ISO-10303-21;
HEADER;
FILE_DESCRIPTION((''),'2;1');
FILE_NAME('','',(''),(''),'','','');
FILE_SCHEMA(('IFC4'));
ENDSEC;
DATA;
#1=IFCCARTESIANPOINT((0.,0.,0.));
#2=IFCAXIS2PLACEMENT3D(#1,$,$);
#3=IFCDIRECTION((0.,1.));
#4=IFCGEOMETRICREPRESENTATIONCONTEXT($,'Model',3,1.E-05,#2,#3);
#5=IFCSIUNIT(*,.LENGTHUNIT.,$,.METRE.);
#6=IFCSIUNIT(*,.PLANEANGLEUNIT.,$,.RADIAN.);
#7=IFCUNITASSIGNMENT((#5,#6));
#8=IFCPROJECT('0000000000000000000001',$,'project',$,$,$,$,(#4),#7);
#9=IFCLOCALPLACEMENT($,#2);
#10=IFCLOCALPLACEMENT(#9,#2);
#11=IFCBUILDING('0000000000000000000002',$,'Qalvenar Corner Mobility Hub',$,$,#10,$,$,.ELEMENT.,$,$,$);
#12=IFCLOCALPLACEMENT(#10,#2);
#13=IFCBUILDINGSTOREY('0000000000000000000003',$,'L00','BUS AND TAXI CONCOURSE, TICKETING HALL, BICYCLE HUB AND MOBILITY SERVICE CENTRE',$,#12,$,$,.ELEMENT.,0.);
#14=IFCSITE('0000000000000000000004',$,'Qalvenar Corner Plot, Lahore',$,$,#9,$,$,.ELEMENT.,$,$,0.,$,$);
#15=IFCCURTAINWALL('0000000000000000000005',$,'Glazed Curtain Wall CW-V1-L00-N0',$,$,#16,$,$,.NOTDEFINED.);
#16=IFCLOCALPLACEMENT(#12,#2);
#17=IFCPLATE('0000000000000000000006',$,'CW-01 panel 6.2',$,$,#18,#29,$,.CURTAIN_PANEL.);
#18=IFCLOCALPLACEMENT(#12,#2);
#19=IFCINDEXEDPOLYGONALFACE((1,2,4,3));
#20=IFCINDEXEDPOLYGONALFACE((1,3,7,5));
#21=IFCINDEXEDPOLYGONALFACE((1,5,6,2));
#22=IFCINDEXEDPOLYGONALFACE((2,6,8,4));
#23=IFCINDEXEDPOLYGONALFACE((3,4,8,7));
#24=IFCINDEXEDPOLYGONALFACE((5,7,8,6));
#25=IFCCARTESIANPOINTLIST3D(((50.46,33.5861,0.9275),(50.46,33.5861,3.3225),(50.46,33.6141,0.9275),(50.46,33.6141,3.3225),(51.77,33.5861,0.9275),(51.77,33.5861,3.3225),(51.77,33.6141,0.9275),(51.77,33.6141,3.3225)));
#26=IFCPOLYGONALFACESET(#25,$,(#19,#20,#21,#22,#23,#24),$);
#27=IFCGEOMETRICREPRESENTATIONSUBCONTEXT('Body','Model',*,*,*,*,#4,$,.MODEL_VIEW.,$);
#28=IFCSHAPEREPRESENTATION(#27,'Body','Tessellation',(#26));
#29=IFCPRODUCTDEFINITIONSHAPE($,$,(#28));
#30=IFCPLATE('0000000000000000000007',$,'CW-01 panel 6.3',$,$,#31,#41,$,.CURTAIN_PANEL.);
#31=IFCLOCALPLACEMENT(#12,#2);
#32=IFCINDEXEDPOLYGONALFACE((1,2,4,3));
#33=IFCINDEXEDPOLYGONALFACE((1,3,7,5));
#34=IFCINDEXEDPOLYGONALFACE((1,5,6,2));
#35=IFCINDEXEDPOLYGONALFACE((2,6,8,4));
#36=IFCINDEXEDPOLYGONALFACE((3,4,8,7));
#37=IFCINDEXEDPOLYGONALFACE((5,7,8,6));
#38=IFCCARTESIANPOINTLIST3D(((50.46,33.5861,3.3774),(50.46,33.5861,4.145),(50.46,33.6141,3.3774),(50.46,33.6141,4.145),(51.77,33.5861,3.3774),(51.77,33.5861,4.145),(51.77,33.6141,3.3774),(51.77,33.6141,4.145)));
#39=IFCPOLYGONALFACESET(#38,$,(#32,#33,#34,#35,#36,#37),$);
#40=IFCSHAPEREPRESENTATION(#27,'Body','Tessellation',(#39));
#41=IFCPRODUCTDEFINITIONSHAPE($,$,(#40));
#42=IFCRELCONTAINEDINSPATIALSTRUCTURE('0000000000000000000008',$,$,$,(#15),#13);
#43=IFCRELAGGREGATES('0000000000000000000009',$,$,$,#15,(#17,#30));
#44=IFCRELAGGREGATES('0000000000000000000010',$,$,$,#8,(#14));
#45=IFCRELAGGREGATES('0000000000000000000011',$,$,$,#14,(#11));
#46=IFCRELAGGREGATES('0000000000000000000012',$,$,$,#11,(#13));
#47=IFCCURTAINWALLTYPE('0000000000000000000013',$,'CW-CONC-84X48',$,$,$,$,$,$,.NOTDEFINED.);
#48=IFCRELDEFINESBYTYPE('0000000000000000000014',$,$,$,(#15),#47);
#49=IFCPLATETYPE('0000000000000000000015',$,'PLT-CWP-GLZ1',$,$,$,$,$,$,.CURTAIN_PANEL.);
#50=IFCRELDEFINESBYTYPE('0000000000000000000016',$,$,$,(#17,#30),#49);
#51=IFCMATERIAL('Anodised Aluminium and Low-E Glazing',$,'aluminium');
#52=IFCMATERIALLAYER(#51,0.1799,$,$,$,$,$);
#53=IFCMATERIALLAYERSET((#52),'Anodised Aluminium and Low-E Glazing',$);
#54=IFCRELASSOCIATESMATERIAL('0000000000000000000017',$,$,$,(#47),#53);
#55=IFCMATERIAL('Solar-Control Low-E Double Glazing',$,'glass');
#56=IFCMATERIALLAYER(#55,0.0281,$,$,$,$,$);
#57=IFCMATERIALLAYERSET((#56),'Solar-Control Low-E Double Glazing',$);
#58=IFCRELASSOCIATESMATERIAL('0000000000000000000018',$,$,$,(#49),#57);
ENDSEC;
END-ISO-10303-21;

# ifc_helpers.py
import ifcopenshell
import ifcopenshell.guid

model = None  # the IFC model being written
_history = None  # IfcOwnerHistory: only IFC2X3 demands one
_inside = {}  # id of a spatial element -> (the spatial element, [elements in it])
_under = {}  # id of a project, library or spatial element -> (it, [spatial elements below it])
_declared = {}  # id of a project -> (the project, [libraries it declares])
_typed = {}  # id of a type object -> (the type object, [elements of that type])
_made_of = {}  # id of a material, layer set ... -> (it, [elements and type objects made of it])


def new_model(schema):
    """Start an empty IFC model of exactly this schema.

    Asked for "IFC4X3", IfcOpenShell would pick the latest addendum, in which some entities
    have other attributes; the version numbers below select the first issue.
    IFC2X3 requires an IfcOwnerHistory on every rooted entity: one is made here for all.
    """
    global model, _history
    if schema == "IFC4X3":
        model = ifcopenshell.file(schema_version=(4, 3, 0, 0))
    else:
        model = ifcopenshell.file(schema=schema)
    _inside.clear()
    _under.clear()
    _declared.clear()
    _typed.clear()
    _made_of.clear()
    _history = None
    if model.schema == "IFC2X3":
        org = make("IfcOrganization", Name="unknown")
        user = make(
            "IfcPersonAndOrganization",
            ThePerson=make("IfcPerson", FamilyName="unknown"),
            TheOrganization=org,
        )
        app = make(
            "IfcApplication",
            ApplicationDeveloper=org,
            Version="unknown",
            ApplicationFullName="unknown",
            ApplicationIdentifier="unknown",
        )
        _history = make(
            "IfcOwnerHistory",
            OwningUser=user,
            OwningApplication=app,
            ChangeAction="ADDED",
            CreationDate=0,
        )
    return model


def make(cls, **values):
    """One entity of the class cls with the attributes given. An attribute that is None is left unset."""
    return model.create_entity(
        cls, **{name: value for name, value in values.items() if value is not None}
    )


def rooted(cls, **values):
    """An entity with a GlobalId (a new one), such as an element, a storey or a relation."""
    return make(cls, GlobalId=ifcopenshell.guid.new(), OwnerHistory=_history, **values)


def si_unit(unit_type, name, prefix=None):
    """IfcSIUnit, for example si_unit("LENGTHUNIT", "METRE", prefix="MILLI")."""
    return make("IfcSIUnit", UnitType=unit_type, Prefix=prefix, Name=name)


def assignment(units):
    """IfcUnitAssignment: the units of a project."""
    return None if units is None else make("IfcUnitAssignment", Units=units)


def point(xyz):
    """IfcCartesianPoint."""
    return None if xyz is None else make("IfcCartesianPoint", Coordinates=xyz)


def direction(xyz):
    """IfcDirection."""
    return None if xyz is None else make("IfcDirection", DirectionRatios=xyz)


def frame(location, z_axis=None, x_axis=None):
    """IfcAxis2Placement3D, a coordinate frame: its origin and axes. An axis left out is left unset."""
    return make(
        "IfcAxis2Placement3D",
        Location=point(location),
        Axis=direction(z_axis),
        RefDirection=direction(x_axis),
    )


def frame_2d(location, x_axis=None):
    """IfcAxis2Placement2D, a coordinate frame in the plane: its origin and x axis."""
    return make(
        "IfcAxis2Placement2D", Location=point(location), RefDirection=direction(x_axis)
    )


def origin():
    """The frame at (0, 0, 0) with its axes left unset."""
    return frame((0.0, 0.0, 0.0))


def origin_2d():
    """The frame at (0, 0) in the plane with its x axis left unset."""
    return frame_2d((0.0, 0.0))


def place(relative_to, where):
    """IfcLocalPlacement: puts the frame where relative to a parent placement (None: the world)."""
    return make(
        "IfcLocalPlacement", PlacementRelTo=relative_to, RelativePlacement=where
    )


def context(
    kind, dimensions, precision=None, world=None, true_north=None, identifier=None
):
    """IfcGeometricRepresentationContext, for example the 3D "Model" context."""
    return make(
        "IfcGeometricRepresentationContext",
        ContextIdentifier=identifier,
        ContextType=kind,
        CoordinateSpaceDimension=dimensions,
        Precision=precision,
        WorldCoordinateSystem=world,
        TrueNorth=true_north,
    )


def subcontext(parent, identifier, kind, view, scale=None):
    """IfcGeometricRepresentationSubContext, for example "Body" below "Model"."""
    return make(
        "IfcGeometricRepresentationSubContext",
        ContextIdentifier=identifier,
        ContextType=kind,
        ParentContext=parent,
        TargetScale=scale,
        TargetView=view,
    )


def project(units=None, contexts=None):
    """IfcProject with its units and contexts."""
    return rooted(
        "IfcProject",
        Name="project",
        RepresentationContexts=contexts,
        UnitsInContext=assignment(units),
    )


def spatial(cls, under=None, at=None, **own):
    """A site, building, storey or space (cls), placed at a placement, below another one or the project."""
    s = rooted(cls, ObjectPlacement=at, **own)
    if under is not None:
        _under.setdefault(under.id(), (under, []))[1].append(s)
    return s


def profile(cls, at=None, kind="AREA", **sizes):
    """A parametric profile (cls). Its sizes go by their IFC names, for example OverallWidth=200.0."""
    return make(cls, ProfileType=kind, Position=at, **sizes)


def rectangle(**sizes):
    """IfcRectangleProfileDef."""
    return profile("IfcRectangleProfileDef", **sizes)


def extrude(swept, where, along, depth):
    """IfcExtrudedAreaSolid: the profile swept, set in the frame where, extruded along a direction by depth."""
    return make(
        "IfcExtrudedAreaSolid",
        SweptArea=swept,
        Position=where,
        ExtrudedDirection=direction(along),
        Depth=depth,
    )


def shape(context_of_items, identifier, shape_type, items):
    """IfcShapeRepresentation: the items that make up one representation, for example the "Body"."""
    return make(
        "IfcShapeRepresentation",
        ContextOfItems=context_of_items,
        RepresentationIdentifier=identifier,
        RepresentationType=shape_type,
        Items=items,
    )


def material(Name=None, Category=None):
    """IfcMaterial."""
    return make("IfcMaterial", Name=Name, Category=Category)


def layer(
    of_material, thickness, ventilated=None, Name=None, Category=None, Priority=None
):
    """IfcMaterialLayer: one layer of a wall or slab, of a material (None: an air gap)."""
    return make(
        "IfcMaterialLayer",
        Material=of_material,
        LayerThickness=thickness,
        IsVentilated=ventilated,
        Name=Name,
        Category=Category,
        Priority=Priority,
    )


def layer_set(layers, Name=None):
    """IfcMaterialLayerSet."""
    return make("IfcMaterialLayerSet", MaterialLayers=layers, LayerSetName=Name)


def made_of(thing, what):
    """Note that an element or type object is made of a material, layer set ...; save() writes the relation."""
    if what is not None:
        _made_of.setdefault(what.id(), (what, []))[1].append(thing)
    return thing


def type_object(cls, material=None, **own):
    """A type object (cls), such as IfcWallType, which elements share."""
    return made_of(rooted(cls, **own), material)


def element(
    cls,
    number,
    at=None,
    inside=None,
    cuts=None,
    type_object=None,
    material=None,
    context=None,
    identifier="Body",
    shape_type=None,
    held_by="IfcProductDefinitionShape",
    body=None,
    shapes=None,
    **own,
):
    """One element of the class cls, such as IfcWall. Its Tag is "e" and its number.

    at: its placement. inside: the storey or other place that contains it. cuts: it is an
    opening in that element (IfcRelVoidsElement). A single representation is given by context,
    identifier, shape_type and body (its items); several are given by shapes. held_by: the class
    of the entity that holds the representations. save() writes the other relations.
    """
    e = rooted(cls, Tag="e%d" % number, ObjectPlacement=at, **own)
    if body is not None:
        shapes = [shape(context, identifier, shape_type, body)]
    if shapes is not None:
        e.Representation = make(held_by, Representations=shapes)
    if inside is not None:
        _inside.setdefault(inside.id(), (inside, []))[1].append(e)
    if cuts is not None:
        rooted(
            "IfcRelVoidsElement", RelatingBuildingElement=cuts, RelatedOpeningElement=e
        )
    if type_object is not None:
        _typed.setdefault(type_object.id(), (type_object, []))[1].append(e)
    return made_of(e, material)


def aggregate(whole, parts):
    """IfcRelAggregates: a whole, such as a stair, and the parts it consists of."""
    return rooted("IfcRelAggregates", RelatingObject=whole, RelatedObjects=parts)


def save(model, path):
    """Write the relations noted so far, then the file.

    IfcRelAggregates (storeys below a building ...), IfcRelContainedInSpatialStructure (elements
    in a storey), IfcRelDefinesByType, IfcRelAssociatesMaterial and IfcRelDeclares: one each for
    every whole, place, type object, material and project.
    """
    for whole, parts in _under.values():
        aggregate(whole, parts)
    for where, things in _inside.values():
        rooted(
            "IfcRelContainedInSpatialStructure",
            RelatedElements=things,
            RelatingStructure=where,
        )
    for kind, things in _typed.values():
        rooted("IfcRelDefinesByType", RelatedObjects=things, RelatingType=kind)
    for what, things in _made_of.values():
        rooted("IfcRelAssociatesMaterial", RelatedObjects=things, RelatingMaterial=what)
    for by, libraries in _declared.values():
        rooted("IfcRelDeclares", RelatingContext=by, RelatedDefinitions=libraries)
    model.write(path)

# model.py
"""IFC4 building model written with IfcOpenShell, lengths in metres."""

from ifc_helpers import new_model, si_unit, direction, frame, origin, origin_2d, place, context, subcontext, project, spatial, rectangle, extrude, material, layer, layer_set, type_object, element, aggregate, save


model = new_model("IFC4")

# Units and contexts
model_context = context("Model", 3, precision=1e-05, world=origin(), true_north=direction((0.0, 1.0)))
body_context = subcontext(model_context, "Body", "Model", "MODEL_VIEW")
ifc_project = project(units=[si_unit("LENGTHUNIT", "METRE"), si_unit("PLANEANGLEUNIT", "RADIAN")], contexts=[model_context])

# Site, building, storey
site_placement = place(None, origin())
site = spatial("IfcSite", under=ifc_project, at=site_placement, Name="Qalvenar Corner Plot, Lahore", CompositionType="ELEMENT", RefElevation=0.0)
building_placement = place(site_placement, origin())
building = spatial("IfcBuilding", under=site, at=building_placement, Name="Qalvenar Corner Mobility Hub", CompositionType="ELEMENT")
storey_placement = place(building_placement, origin())
storey = spatial("IfcBuildingStorey", under=building, at=storey_placement, Name="L00", Description="BUS AND TAXI CONCOURSE, TICKETING HALL, BICYCLE HUB AND MOBILITY SERVICE CENTRE", CompositionType="ELEMENT", Elevation=0.0)

# Curtain wall, plates
ifc_material_1 = material(Name="Anodised Aluminium and Low-E Glazing", Category="aluminium")
ifc_layer_1 = layer(ifc_material_1, 0.1799)
ifc_layer_set_1 = layer_set([ifc_layer_1], Name="Anodised Aluminium and Low-E Glazing")
curtain_wall_type = type_object("IfcCurtainWallType", Name="CW-CONC-84X48", PredefinedType="NOTDEFINED", material=ifc_layer_set_1)
curtain_wall_placement = place(storey_placement, origin())
curtain_wall = element("IfcCurtainWall", 1, at=curtain_wall_placement, inside=storey, type_object=curtain_wall_type, Name="Glazed Curtain Wall CW-V1-L00-N0", PredefinedType="NOTDEFINED")
ifc_material_2 = material(Name="Solar-Control Low-E Double Glazing", Category="glass")
ifc_layer_2 = layer(ifc_material_2, 0.0281)
ifc_layer_set_2 = layer_set([ifc_layer_2], Name="Solar-Control Low-E Double Glazing")
plate_type = type_object("IfcPlateType", Name="PLT-CWP-GLZ1", PredefinedType="CURTAIN_PANEL", material=ifc_layer_set_2)
plate_1_placement = place(storey_placement, frame((51.115, 33.6001, 0.9275), z_axis=(0.0, 0.0, 1.0), x_axis=(-1.0, 0.0, 0.0)))
plate_1 = element("IfcPlate", 2, at=plate_1_placement, type_object=plate_type, Name="CW-01 panel 6.2", PredefinedType="CURTAIN_PANEL", context=body_context, shape_type="SweptSolid", body=[
    extrude(rectangle(XDim=1.3101, YDim=0.0281, at=origin_2d()), origin(), (0.0, 0.0, 1.0), 2.395),
])
plate_2_placement = place(storey_placement, frame((51.115, 33.6001, 3.3774), z_axis=(0.0, 0.0, 1.0), x_axis=(-1.0, 0.0, 0.0)))
plate_2 = element("IfcPlate", 3, at=plate_2_placement, type_object=plate_type, Name="CW-01 panel 6.3", PredefinedType="CURTAIN_PANEL", context=body_context, shape_type="SweptSolid", body=[
    extrude(rectangle(XDim=1.3101, YDim=0.0281, at=origin_2d()), origin(), (0.0, 0.0, 1.0), 0.7676),
])
aggregate(curtain_wall, [plate_1, plate_2])

save(model, "model.ifc")
